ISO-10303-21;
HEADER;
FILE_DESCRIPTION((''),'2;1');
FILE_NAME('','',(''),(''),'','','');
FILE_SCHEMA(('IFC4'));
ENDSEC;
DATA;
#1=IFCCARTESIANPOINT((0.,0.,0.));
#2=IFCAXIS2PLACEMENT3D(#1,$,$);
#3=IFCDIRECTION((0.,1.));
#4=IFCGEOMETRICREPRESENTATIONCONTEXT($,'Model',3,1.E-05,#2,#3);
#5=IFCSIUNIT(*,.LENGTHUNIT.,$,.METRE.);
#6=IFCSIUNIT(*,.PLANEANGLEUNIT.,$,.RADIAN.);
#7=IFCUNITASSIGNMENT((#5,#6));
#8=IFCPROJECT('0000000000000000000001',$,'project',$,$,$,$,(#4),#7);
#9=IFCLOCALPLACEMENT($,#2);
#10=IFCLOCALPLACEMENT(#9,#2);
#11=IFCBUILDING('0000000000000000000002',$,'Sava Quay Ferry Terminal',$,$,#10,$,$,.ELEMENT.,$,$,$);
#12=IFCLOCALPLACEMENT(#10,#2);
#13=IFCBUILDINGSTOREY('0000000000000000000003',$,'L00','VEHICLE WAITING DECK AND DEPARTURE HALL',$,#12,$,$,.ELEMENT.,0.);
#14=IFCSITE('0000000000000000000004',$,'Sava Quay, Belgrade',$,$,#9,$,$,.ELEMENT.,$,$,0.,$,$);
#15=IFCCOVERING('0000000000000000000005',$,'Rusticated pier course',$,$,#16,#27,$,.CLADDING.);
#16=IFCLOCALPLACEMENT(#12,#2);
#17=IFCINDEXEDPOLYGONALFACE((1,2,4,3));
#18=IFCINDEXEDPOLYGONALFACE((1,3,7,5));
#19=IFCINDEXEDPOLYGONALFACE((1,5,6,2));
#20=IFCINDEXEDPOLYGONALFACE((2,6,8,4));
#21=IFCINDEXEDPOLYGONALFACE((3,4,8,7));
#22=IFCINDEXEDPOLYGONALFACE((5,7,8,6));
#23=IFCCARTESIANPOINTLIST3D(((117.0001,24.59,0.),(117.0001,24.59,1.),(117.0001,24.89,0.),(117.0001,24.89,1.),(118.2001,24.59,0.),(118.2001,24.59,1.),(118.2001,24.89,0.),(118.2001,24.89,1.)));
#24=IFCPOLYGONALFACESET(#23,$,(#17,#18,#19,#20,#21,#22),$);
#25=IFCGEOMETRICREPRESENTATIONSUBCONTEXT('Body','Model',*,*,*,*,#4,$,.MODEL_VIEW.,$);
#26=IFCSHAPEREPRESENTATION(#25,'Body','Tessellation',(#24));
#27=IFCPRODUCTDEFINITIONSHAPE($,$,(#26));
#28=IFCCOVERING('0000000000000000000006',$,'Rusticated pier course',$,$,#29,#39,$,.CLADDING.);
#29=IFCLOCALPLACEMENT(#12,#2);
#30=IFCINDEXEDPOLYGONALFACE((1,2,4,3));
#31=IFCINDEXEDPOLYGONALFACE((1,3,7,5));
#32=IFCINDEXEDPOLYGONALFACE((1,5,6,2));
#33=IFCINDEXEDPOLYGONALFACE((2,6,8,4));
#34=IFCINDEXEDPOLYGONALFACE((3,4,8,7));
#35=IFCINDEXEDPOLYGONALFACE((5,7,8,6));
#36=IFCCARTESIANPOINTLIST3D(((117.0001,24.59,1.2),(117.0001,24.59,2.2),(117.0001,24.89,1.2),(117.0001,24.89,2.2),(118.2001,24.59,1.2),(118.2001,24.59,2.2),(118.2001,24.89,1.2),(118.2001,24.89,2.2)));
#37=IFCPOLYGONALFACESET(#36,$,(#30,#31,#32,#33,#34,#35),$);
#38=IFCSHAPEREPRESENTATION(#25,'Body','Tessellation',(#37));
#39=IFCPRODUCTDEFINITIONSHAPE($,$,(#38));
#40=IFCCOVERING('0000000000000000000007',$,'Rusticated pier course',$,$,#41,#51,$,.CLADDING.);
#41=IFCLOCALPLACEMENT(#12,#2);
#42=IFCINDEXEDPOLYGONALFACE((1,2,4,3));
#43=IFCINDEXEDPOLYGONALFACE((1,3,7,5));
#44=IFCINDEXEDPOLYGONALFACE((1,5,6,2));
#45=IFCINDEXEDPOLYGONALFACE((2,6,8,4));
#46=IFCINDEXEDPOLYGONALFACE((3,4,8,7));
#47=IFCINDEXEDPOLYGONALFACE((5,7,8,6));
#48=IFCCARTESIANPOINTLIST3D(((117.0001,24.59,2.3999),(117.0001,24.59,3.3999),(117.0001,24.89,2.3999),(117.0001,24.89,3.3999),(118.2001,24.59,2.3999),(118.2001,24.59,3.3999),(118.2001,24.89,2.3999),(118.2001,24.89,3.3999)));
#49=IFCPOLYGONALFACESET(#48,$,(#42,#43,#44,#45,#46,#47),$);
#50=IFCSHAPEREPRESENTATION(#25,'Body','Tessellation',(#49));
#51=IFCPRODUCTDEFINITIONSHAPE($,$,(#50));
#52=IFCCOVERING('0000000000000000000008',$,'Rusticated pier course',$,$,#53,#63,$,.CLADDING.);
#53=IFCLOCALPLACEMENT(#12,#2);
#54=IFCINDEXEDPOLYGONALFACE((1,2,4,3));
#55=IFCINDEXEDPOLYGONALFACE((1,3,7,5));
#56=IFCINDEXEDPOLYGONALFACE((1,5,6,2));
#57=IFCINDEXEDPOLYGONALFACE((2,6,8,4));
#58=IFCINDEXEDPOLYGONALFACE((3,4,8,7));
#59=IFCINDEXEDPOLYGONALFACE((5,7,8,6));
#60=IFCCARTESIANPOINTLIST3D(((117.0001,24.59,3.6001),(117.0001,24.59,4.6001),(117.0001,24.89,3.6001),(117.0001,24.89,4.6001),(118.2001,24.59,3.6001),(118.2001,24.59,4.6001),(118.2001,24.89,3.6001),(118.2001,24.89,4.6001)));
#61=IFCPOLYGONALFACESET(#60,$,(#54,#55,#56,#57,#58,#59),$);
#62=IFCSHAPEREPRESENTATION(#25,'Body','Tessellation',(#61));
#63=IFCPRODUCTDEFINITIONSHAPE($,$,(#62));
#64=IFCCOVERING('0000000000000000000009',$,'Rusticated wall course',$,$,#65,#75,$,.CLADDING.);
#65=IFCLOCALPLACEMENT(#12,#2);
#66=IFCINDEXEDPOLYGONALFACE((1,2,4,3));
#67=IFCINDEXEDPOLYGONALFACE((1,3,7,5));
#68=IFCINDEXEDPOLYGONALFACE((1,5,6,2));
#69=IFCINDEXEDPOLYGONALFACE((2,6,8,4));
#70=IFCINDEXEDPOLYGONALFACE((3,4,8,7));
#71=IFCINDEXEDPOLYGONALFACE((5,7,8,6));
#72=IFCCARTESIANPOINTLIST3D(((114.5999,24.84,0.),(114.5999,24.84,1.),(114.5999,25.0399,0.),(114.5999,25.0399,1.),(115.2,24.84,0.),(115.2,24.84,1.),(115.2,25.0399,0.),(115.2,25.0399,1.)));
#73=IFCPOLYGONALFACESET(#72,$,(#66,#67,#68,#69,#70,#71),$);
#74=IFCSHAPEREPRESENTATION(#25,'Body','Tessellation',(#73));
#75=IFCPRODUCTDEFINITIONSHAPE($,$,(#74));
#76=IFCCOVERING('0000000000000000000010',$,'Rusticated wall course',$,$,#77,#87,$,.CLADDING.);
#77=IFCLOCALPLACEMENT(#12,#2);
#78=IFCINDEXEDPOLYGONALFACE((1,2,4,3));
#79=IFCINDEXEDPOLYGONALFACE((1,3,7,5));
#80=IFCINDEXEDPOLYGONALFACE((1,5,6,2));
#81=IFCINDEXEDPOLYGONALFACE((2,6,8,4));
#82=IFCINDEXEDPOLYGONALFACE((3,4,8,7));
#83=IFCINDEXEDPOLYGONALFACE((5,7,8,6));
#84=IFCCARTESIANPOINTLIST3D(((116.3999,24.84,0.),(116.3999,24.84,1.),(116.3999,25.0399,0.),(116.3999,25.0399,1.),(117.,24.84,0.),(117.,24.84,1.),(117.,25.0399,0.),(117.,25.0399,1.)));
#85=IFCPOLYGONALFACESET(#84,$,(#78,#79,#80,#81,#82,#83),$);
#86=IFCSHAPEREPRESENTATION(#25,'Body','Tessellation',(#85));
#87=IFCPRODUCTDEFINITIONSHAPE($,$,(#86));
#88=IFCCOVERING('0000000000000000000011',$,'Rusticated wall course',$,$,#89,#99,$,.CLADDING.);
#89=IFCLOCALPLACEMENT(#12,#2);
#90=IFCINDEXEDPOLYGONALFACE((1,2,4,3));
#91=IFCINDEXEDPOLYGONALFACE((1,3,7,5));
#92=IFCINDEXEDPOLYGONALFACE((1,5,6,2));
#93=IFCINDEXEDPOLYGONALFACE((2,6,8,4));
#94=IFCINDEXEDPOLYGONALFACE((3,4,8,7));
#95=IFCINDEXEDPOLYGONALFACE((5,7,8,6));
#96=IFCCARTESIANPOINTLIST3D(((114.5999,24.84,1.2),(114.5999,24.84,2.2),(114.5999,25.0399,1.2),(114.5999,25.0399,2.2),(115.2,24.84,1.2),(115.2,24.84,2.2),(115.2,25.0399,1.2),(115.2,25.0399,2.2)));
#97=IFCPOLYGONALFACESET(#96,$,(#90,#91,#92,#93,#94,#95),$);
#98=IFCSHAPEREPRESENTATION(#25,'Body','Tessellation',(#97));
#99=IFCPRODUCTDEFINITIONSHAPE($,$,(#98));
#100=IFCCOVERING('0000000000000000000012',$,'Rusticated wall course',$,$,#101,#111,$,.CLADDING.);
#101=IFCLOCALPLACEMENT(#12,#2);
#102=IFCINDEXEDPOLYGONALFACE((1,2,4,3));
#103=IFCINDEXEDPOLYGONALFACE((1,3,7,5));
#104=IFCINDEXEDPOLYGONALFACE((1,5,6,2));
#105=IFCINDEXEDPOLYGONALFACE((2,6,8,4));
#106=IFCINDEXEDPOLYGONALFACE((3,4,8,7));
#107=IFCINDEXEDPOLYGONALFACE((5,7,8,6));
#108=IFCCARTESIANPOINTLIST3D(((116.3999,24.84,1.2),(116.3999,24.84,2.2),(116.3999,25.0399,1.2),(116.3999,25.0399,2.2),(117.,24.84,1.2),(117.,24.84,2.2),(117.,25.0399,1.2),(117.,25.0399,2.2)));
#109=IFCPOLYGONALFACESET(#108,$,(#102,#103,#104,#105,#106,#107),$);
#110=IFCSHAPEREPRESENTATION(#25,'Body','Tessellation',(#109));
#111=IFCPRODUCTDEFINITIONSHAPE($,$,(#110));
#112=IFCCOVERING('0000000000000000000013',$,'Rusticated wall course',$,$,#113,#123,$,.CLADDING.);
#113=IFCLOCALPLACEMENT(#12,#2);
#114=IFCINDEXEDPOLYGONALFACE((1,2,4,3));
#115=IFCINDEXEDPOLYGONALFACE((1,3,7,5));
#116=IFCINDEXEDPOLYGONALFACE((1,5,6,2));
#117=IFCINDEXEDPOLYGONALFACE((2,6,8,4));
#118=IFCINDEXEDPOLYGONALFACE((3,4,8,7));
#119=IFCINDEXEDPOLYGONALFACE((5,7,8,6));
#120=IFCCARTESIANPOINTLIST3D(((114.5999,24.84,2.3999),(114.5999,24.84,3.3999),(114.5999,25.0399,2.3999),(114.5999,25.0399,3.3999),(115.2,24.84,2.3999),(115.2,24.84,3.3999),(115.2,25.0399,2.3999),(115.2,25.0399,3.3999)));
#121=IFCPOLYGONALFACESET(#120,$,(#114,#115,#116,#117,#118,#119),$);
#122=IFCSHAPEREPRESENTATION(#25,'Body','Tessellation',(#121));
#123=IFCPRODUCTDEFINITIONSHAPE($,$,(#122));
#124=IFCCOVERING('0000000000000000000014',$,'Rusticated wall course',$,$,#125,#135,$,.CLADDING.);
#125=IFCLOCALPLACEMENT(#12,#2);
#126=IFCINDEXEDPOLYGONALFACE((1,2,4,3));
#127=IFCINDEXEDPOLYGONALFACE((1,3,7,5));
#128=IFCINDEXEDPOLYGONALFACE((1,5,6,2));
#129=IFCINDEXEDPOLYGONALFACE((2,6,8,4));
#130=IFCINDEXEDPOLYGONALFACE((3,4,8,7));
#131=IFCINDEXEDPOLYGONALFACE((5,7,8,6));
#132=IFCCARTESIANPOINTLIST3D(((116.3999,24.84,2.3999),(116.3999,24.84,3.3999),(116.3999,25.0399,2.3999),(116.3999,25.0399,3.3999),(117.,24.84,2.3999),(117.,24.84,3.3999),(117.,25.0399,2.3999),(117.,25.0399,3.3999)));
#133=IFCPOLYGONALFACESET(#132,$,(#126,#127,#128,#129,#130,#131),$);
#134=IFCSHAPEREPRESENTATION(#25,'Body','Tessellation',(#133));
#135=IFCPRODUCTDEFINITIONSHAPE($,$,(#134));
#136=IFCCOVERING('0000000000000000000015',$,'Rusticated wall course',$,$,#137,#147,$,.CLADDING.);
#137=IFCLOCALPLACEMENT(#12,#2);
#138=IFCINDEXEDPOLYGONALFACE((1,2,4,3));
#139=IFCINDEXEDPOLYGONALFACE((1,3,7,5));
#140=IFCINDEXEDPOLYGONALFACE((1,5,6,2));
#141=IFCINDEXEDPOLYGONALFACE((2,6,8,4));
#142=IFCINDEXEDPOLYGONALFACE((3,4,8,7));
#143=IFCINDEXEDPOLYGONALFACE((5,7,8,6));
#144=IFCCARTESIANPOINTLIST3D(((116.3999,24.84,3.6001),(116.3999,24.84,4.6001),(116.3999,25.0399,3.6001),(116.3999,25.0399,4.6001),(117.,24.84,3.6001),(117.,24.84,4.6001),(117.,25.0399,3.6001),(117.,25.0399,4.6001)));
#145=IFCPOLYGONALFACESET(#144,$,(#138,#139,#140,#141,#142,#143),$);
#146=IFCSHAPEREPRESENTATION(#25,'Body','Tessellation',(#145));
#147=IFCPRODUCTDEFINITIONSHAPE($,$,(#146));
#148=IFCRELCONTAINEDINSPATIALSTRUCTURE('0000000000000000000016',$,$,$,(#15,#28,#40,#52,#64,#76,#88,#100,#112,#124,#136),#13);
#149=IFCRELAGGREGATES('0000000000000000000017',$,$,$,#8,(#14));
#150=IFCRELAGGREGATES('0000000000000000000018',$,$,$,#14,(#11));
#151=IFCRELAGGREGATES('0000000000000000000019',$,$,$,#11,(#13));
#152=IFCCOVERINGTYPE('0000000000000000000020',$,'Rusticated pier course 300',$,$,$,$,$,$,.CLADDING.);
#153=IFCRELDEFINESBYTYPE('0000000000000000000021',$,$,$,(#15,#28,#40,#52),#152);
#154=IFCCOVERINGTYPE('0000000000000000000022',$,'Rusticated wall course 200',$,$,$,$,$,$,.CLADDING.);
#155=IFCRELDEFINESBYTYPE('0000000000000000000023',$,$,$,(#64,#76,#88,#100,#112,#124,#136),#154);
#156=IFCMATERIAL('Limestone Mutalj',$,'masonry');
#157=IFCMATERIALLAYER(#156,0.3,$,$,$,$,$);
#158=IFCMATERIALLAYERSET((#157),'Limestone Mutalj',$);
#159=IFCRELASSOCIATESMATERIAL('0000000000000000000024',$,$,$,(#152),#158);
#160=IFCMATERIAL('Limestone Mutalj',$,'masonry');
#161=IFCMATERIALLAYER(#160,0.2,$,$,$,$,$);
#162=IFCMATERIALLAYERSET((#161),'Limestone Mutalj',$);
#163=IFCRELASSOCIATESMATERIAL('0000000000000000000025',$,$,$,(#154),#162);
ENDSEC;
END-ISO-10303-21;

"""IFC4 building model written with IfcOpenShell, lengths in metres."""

from ifc_helpers import new_model, si_unit, direction, frame, origin, origin_2d, place, context, subcontext, project, spatial, rectangle, extrude, material, layer, layer_set, type_object, element, save


model = new_model("IFC4")

# Units and contexts
model_context = context("Model", 3, precision=1e-05, world=origin(), true_north=direction((0.0, 1.0)))
body_context = subcontext(model_context, "Body", "Model", "MODEL_VIEW")
ifc_project = project(units=[si_unit("LENGTHUNIT", "METRE"), si_unit("PLANEANGLEUNIT", "RADIAN")], contexts=[model_context])

# Site, building, storey
site_placement = place(None, origin())
site = spatial("IfcSite", under=ifc_project, at=site_placement, Name="Sava Quay, Belgrade", CompositionType="ELEMENT", RefElevation=0.0)
building_placement = place(site_placement, origin())
building = spatial("IfcBuilding", under=site, at=building_placement, Name="Sava Quay Ferry Terminal", CompositionType="ELEMENT")
storey_placement = place(building_placement, origin())
storey = spatial("IfcBuildingStorey", under=building, at=storey_placement, Name="L00", Description="VEHICLE WAITING DECK AND DEPARTURE HALL", CompositionType="ELEMENT", Elevation=0.0)

# Coverings
ifc_material_1 = material(Name="Limestone Mutalj", Category="masonry")
ifc_layer_1 = layer(ifc_material_1, 0.3)
ifc_layer_set_1 = layer_set([ifc_layer_1], Name="Limestone Mutalj")
covering_type_1 = type_object("IfcCoveringType", Name="Rusticated pier course 300", PredefinedType="CLADDING", material=ifc_layer_set_1)
for number, where, z_axis, x_axis, name in (
    (1, (117.6001, 24.74, 0.0), (0.0, 0.0, 1.0), (1.0, 0.0, 0.0), "Rusticated pier course"),
    (2, (117.6001, 24.74, 1.2), (0.0, 0.0, 1.0), (1.0, 0.0, 0.0), "Rusticated pier course"),
    (3, (117.6001, 24.74, 2.3999), (0.0, 0.0, 1.0), (1.0, 0.0, 0.0), "Rusticated pier course"),
    (4, (117.6001, 24.74, 3.6001), (0.0, 0.0, 1.0), (1.0, 0.0, 0.0), "Rusticated pier course"),
):
    element("IfcCovering", number, at=place(storey_placement, frame(where, z_axis=z_axis, x_axis=x_axis)), inside=storey, type_object=covering_type_1, Name=name, PredefinedType="CLADDING", context=body_context, shape_type="SweptSolid", body=[
        extrude(rectangle(XDim=1.2, YDim=0.3, at=origin_2d()), origin(), (0.0, 0.0, 1.0), 1.0),
    ])
ifc_material_2 = material(Name="Limestone Mutalj", Category="masonry")
ifc_layer_2 = layer(ifc_material_2, 0.2)
ifc_layer_set_2 = layer_set([ifc_layer_2], Name="Limestone Mutalj")
covering_type_2 = type_object("IfcCoveringType", Name="Rusticated wall course 200", PredefinedType="CLADDING", material=ifc_layer_set_2)
for number, where, z_axis, x_axis, name in (
    (5, (114.8999, 24.9399, 0.0), (0.0, 0.0, 1.0), (1.0, 0.0, 0.0), "Rusticated wall course"),
    (6, (116.7, 24.9399, 0.0), (0.0, 0.0, 1.0), (1.0, 0.0, 0.0), "Rusticated wall course"),
    (7, (114.8999, 24.9399, 1.2), (0.0, 0.0, 1.0), (1.0, 0.0, 0.0), "Rusticated wall course"),
    (8, (116.7, 24.9399, 1.2), (0.0, 0.0, 1.0), (1.0, 0.0, 0.0), "Rusticated wall course"),
    (9, (114.8999, 24.9399, 2.3999), (0.0, 0.0, 1.0), (1.0, 0.0, 0.0), "Rusticated wall course"),
    (10, (116.7, 24.9399, 2.3999), (0.0, 0.0, 1.0), (1.0, 0.0, 0.0), "Rusticated wall course"),
    (11, (116.7, 24.9399, 3.6001), (0.0, 0.0, 1.0), (1.0, 0.0, 0.0), "Rusticated wall course"),
):
    element("IfcCovering", number, at=place(storey_placement, frame(where, z_axis=z_axis, x_axis=x_axis)), inside=storey, type_object=covering_type_2, Name=name, PredefinedType="CLADDING", context=body_context, shape_type="SweptSolid", body=[
        extrude(rectangle(XDim=0.6001, YDim=0.2, at=origin_2d()), origin(), (0.0, 0.0, 1.0), 1.0),
    ])

save(model, "model.ifc")
